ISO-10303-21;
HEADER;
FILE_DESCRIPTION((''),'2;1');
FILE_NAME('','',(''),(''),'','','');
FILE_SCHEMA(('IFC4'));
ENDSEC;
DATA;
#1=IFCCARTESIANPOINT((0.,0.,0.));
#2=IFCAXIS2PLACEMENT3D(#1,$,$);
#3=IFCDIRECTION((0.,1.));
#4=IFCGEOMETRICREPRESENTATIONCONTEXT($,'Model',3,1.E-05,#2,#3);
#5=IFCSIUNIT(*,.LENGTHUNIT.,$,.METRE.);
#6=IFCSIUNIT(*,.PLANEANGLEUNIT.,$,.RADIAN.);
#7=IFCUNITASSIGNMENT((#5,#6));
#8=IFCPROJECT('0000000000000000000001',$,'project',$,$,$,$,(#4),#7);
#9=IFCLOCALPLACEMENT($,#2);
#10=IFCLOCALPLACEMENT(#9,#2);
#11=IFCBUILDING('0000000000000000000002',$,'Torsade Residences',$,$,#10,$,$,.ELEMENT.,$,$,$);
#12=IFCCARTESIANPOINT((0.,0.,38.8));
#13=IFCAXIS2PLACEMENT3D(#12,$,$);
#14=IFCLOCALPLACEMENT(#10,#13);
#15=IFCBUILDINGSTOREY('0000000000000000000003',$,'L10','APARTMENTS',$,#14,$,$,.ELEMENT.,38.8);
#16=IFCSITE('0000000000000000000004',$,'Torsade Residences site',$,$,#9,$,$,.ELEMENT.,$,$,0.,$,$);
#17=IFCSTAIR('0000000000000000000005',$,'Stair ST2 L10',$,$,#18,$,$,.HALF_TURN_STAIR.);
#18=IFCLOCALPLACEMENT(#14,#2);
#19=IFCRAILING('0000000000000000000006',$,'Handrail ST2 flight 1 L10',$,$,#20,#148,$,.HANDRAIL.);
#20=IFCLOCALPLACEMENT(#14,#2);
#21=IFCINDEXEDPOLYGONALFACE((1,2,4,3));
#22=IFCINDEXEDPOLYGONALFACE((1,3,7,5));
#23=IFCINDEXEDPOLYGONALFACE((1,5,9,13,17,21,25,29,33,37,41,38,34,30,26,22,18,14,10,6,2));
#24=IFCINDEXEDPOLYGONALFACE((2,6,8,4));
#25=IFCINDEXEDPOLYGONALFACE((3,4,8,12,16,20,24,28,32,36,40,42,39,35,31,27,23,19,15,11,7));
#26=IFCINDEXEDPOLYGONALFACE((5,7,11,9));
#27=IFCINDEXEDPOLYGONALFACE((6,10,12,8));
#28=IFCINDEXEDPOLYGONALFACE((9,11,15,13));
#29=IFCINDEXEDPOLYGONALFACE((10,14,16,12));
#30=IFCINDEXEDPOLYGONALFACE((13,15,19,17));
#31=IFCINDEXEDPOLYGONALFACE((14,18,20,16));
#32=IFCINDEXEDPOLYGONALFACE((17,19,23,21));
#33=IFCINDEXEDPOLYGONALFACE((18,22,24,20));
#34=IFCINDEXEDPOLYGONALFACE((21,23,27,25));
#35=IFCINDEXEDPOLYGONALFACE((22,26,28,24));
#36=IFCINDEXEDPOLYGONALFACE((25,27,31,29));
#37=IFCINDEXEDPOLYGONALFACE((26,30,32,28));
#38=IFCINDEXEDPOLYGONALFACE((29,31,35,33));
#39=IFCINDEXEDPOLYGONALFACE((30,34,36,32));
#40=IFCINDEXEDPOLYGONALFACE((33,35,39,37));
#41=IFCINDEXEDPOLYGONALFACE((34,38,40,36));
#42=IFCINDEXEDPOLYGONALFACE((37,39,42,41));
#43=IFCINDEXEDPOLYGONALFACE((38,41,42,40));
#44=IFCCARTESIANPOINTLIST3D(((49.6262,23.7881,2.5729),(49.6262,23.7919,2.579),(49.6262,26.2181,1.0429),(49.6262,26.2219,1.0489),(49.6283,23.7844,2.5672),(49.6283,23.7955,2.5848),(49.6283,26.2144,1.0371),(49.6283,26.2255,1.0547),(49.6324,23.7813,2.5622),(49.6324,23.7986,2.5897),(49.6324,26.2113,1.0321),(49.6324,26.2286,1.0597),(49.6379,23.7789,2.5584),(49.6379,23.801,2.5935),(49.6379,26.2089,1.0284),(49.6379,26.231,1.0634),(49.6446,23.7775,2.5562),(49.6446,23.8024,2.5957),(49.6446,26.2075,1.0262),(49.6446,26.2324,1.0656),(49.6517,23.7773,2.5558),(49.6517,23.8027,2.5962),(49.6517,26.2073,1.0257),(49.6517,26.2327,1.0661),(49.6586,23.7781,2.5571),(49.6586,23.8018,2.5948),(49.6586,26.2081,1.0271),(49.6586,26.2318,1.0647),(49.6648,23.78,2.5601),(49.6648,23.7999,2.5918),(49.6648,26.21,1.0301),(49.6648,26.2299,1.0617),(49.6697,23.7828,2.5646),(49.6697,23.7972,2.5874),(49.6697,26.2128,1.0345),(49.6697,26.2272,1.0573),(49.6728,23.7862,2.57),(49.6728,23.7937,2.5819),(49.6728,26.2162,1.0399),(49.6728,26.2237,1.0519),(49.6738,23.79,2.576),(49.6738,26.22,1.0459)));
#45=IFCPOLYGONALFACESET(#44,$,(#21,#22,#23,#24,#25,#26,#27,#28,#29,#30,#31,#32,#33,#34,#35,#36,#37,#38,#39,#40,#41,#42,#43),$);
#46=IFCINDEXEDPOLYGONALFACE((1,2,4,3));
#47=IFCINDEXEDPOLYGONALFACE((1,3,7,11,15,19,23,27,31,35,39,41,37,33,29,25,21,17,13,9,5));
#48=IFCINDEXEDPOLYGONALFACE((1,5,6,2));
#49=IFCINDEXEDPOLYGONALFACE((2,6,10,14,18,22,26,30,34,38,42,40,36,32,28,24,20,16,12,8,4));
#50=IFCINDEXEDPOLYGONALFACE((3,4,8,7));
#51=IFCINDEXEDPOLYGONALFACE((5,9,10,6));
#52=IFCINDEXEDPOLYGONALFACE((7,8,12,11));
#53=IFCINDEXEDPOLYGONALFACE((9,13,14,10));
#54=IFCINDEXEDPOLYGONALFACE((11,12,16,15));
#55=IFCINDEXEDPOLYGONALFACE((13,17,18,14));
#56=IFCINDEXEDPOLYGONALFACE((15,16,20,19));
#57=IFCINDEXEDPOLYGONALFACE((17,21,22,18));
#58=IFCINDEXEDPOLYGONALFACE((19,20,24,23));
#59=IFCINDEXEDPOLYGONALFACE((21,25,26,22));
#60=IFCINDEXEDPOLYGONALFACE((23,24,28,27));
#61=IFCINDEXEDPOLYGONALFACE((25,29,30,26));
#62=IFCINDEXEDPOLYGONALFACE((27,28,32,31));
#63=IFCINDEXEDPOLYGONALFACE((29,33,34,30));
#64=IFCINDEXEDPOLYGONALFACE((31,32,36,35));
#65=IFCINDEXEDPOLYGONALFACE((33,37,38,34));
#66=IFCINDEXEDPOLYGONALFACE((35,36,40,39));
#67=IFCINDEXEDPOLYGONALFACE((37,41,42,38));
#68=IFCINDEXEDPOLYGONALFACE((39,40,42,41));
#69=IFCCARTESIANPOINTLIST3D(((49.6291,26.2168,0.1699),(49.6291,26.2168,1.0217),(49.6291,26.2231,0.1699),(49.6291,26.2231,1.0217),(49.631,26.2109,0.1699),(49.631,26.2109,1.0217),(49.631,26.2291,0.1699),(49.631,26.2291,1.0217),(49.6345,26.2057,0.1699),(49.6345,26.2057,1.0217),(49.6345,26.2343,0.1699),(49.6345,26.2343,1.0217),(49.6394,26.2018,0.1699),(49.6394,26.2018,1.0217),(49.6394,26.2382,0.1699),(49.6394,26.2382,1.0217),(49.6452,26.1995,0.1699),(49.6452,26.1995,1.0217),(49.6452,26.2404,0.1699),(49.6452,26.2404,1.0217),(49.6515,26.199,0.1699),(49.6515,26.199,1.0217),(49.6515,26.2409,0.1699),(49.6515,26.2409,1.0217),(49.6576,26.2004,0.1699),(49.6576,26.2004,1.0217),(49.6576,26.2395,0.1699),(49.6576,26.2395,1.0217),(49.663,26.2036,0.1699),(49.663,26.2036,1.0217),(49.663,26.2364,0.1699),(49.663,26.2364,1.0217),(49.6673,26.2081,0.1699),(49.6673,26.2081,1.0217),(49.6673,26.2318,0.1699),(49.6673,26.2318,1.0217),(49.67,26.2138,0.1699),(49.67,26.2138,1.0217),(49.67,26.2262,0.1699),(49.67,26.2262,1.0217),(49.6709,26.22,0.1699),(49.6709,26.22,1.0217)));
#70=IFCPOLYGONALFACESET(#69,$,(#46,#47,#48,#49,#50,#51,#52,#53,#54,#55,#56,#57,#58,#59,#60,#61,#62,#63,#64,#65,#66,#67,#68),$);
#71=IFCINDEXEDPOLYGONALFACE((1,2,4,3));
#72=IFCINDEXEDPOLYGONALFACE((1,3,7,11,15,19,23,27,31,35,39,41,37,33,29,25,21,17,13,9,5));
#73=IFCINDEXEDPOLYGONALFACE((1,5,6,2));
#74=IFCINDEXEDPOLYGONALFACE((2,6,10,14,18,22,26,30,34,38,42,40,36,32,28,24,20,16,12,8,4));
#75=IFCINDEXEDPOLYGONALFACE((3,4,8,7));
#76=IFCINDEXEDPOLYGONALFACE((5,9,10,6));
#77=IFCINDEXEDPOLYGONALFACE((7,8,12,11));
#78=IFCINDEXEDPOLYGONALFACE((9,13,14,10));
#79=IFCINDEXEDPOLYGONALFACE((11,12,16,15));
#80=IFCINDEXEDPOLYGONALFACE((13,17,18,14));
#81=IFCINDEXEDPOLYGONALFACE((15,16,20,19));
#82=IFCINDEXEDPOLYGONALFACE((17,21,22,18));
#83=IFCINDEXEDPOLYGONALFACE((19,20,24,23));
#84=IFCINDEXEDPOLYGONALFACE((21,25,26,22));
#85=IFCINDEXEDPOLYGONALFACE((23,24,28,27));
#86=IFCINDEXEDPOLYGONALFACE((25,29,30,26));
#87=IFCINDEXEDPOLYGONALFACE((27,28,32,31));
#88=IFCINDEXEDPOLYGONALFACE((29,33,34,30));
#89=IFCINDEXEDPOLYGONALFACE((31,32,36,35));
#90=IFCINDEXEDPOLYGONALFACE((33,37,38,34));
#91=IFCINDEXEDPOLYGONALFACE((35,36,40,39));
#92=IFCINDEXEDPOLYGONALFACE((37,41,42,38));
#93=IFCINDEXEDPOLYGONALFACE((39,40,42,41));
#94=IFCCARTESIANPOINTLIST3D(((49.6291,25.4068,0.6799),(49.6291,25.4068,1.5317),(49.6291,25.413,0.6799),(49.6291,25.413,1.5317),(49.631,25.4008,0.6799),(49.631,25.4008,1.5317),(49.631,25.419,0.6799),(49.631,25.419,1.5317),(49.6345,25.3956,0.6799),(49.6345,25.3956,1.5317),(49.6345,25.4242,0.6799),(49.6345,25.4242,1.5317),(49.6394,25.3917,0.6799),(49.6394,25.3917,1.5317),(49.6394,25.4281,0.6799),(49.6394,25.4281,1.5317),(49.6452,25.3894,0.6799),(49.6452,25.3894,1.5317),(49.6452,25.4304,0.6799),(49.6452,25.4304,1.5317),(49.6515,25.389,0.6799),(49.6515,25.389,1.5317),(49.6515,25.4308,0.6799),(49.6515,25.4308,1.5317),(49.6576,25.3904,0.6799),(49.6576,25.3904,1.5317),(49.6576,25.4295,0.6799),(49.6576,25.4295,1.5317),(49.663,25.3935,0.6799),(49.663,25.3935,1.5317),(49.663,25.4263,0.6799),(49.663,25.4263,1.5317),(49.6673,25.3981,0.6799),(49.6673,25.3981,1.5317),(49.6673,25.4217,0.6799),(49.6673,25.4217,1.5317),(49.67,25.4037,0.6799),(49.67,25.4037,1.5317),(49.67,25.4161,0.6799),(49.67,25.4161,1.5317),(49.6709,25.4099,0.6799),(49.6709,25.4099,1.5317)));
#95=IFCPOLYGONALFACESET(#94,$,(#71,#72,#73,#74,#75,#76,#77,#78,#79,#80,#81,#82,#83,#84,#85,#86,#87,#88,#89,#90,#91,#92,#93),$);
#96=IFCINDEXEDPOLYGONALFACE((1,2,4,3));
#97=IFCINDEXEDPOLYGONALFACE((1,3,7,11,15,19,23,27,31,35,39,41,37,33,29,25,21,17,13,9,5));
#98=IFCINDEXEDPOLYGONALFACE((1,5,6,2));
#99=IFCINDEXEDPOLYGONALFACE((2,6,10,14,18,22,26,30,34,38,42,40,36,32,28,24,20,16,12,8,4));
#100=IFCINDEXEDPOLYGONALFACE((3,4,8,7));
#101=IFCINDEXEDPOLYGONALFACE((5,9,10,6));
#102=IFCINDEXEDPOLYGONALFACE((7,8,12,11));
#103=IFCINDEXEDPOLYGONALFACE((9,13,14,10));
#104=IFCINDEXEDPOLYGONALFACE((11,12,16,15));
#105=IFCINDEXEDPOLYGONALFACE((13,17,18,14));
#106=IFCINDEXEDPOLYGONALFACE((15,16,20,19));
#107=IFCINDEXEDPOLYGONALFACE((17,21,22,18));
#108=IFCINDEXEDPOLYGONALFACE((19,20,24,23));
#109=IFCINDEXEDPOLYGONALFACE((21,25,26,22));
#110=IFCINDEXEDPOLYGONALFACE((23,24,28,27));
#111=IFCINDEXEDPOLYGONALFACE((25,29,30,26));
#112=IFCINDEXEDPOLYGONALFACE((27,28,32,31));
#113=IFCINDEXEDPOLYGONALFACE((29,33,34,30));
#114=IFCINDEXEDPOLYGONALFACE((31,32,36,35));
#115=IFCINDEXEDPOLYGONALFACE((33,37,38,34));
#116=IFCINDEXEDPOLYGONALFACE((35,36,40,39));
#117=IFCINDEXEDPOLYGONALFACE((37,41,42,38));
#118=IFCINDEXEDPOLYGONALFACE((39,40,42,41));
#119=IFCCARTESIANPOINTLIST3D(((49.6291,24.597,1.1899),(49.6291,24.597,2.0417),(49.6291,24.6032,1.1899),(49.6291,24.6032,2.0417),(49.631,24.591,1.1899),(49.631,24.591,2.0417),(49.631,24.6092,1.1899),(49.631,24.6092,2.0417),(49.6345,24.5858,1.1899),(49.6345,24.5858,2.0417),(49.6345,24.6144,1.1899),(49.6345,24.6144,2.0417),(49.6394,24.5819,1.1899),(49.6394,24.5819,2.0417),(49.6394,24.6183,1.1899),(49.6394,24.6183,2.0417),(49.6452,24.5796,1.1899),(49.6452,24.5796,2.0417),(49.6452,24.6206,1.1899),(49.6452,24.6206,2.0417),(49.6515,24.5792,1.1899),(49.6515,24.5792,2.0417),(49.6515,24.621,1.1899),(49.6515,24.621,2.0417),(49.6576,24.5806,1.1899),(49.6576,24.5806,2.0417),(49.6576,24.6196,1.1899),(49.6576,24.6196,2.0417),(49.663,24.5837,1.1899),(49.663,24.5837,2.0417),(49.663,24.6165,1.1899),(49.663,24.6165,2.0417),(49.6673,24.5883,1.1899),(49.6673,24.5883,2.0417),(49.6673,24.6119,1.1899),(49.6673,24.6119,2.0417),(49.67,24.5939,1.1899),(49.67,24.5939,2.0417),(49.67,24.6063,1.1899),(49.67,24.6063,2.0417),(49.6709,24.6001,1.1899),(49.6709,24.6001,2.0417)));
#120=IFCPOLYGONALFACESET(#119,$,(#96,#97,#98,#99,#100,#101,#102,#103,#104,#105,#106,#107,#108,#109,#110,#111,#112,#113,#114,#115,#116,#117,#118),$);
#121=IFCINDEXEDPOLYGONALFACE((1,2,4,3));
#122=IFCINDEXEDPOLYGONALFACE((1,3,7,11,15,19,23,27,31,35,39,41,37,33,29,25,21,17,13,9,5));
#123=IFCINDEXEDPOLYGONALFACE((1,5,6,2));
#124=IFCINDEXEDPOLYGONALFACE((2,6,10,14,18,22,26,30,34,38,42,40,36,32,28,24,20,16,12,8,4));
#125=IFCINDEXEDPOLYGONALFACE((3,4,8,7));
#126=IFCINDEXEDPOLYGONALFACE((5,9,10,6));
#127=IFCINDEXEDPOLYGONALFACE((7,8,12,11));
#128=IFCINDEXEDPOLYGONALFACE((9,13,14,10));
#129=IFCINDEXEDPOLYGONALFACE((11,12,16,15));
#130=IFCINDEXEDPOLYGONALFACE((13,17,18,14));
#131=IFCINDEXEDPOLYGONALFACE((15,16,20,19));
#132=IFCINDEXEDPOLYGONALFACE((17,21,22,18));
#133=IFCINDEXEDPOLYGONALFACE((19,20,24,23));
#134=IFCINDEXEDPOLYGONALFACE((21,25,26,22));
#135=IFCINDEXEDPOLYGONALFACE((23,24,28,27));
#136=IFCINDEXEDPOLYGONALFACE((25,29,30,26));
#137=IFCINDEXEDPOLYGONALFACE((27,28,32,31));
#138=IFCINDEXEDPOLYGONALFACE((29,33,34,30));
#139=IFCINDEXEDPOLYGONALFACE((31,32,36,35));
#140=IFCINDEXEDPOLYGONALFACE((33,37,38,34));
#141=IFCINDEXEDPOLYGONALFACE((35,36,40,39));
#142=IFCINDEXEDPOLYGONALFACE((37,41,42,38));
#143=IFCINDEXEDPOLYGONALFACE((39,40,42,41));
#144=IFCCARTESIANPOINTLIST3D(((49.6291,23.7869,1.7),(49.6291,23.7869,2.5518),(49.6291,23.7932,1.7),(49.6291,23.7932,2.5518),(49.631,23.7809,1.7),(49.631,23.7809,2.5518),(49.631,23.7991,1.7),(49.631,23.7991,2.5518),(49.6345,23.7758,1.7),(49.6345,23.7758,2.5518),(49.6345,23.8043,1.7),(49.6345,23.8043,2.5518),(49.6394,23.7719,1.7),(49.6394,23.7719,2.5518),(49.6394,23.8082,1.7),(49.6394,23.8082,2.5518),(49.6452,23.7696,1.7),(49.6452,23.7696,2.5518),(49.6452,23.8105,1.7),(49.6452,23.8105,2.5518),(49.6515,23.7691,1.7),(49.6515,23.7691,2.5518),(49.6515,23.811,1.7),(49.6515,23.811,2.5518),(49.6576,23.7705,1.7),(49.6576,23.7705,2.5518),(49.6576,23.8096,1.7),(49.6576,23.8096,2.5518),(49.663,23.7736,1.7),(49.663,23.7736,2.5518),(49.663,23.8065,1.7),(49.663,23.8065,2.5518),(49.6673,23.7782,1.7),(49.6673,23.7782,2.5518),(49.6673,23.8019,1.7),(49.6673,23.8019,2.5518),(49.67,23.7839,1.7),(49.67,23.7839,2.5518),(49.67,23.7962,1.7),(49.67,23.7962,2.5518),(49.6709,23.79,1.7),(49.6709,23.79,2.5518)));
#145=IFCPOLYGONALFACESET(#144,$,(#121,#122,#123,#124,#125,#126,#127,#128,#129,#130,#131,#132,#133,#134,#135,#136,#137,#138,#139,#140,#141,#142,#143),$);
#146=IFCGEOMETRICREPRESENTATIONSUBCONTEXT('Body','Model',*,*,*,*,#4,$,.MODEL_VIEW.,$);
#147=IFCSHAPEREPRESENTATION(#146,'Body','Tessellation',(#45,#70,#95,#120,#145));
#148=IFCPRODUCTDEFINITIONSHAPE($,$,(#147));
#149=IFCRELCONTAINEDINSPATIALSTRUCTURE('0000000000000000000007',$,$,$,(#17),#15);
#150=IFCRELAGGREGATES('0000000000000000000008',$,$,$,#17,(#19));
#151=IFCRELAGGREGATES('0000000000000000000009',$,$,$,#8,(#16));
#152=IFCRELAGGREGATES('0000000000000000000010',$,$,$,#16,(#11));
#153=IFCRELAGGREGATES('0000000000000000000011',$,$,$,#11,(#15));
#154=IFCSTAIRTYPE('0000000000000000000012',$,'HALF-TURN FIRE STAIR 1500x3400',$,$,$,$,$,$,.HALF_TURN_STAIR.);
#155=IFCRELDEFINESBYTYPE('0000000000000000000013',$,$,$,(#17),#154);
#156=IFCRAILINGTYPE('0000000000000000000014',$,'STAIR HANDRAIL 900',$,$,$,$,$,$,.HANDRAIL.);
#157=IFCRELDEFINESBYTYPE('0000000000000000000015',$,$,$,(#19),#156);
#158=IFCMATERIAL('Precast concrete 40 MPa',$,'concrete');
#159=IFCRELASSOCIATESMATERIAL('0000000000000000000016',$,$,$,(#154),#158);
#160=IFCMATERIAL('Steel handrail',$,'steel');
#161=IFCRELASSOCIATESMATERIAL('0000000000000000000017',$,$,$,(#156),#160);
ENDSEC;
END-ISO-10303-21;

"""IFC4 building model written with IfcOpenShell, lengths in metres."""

from ifc_helpers import new_model, si_unit, direction, frame, origin, origin_2d, place, context, subcontext, project, spatial, circle, extrude, material, type_object, element, aggregate, save


model = new_model("IFC4")

# Units and contexts
model_context = context("Model", 3, precision=1e-05, world=origin(), true_north=direction((0.0, 1.0)))
body_context = subcontext(model_context, "Body", "Model", "MODEL_VIEW")
ifc_project = project(units=[si_unit("LENGTHUNIT", "METRE"), si_unit("PLANEANGLEUNIT", "RADIAN")], contexts=[model_context])

# Site, building, storey
site_placement = place(None, origin())
site = spatial("IfcSite", under=ifc_project, at=site_placement, Name="Torsade Residences site", CompositionType="ELEMENT", RefElevation=0.0)
building_placement = place(site_placement, origin())
building = spatial("IfcBuilding", under=site, at=building_placement, Name="Torsade Residences", CompositionType="ELEMENT")
storey_placement = place(building_placement, frame((0.0, 0.0, 38.8)))
storey = spatial("IfcBuildingStorey", under=building, at=storey_placement, Name="L10", Description="APARTMENTS", CompositionType="ELEMENT", Elevation=38.8)

# Stair, railing
ifc_material_1 = material(Name="Precast concrete 40 MPa", Category="concrete")
stair_type = type_object("IfcStairType", Name="HALF-TURN FIRE STAIR 1500x3400", PredefinedType="HALF_TURN_STAIR", material=ifc_material_1)
stair_placement = place(storey_placement, origin())
stair = element("IfcStair", 1, at=stair_placement, inside=storey, type_object=stair_type, Name="Stair ST2 L10", PredefinedType="HALF_TURN_STAIR")
ifc_material_2 = material(Name="Steel handrail", Category="steel")
railing_type = type_object("IfcRailingType", Name="STAIR HANDRAIL 900", PredefinedType="HANDRAIL", material=ifc_material_2)
railing_1_placement = place(storey_placement, frame((49.6499, 26.22, 0.1699)))
railing_1 = element("IfcRailing", 2, at=railing_1_placement, type_object=railing_type, Name="Handrail ST2 flight 1 L10", PredefinedType="HANDRAIL", context=body_context, shape_type="SweptSolid", body=[
    extrude(circle(Radius=0.0239, at=origin_2d()), frame((0.0, 0.0, 0.876), z_axis=(0.0, -0.846221, 0.532831), x_axis=(1.0, 0.0, 0.0)), (0.0, 0.0, 1.0), 2.8716),
    extrude(circle(Radius=0.021, at=origin_2d()), origin(), (0.0, 0.0, 1.0), 0.8518),
    extrude(circle(Radius=0.021, at=origin_2d()), frame((0.0, -0.8101, 0.51)), (0.0, 0.0, 1.0), 0.8518),
    extrude(circle(Radius=0.021, at=origin_2d()), frame((0.0, -1.6199, 1.02)), (0.0, 0.0, 1.0), 0.8518),
    extrude(circle(Radius=0.021, at=origin_2d()), frame((0.0, -2.4299, 1.53)), (0.0, 0.0, 1.0), 0.8518),
])
aggregate(stair, [railing_1])

save(model, "model.ifc")
